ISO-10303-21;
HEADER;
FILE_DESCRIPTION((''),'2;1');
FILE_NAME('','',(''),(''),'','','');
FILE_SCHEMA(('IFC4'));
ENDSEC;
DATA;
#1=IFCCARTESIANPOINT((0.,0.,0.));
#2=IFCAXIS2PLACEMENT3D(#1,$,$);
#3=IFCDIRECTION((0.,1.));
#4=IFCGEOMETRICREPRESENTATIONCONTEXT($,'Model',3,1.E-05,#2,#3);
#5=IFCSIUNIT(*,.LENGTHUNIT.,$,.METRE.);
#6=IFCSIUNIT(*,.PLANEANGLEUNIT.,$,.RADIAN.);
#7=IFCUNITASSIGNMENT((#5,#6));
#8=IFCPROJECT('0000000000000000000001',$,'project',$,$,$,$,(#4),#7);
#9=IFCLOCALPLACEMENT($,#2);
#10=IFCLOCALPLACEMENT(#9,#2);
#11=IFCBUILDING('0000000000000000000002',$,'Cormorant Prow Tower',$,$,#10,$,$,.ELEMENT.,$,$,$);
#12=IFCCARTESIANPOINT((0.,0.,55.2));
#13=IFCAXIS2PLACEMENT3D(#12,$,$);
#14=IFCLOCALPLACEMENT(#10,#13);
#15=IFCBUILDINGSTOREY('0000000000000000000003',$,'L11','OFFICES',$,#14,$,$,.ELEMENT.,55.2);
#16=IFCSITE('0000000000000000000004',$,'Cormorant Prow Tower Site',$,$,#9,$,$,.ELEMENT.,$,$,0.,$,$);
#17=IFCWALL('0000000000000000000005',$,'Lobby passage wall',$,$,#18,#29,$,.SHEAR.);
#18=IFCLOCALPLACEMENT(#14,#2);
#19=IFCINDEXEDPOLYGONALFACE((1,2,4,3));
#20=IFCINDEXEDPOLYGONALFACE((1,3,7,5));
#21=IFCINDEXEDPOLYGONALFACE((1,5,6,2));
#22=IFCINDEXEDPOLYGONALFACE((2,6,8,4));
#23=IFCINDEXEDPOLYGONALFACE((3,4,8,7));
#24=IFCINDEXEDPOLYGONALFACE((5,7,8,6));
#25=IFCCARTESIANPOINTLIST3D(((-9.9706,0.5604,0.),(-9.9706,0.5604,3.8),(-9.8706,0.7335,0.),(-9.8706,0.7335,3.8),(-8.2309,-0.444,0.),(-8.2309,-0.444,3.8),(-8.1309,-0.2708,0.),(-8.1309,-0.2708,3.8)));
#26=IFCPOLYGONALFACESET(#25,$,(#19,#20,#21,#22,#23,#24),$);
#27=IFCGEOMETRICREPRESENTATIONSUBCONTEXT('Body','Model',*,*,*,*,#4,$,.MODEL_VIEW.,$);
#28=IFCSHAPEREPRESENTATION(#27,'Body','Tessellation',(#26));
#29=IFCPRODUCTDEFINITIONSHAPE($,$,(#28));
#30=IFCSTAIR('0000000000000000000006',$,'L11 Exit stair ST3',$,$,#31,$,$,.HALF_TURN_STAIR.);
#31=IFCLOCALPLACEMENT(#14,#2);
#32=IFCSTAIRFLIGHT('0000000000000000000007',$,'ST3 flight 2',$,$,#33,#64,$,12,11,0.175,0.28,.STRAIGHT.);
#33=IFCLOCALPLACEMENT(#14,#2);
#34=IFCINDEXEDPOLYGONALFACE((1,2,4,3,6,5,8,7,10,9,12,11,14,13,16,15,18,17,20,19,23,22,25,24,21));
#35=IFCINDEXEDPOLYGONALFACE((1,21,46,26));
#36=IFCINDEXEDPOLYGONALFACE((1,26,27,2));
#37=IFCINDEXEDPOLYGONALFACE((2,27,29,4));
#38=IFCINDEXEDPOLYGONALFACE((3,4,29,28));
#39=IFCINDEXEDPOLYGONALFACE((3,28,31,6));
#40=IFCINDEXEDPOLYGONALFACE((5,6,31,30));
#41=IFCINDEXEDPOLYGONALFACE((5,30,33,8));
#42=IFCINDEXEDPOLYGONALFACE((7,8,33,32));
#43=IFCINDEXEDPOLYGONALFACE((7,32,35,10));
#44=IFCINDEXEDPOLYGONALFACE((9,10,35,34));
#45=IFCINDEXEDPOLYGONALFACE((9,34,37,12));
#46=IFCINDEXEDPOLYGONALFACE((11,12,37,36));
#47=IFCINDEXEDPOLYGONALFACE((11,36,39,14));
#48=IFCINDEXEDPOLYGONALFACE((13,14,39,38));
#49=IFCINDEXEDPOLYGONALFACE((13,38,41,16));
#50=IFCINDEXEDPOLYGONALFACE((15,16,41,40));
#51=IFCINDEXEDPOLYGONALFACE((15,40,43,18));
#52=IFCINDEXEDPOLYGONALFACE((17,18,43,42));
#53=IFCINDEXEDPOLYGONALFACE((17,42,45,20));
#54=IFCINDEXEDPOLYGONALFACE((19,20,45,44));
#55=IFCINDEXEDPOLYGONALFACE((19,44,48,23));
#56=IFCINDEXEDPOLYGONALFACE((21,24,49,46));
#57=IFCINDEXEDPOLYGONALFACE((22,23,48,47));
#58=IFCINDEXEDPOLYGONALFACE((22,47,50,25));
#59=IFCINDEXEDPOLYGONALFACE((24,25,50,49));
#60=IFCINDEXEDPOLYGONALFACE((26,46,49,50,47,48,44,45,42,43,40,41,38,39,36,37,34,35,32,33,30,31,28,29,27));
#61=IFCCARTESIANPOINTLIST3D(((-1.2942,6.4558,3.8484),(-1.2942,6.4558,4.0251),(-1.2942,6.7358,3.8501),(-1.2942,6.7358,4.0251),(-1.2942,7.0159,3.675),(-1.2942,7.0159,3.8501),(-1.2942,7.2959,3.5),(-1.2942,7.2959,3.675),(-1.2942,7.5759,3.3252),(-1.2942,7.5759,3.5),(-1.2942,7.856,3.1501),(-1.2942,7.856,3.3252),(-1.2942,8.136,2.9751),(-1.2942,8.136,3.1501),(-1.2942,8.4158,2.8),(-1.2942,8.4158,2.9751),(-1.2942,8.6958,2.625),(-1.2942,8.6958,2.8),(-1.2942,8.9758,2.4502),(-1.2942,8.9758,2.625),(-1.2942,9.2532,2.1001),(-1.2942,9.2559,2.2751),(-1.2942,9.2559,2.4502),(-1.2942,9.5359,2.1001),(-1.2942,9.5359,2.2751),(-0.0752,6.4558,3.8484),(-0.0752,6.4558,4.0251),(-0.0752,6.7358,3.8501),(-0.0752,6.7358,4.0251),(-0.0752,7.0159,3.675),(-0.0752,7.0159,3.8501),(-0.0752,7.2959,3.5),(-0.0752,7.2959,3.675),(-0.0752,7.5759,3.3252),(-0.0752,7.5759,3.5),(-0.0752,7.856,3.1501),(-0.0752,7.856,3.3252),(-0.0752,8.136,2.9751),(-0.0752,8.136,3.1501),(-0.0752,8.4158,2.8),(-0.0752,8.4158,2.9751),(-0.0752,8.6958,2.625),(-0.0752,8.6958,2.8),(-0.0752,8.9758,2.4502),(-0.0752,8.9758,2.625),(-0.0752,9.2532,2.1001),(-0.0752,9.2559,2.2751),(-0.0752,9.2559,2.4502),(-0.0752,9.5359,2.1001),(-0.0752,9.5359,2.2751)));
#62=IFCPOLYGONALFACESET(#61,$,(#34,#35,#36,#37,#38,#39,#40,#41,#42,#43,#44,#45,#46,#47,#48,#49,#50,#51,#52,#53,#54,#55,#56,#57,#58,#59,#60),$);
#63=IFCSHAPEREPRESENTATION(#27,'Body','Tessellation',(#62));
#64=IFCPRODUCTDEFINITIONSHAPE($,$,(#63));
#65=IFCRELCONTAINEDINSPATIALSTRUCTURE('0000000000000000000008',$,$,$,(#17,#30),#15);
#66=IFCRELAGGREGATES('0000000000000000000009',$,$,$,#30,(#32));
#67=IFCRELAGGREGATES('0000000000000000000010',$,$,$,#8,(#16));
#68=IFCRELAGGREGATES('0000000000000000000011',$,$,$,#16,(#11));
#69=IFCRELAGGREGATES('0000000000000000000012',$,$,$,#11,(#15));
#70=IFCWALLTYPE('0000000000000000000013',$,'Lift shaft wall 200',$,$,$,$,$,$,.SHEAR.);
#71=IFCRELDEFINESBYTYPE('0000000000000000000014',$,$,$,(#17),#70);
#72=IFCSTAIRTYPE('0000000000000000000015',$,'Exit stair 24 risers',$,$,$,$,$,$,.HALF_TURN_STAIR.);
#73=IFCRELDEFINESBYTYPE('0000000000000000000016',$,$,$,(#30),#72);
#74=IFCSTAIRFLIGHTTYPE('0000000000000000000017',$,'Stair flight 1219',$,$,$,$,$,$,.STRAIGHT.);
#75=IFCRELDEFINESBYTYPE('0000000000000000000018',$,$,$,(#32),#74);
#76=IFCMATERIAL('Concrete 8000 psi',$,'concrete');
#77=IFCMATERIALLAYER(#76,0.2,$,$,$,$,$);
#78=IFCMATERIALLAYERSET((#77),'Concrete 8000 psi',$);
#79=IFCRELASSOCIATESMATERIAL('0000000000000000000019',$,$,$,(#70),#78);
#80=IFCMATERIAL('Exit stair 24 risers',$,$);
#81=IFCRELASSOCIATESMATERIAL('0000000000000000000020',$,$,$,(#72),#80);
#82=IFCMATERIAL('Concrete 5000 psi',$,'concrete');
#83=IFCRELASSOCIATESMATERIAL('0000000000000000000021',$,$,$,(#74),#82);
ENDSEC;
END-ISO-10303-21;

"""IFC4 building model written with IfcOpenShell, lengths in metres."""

from ifc_helpers import new_model, si_unit, direction, frame, frame_2d, origin, place, context, subcontext, project, spatial, polyline, rectangle, outline, extrude, material, layer, layer_set, type_object, element, aggregate, save


model = new_model("IFC4")

# Units and contexts
model_context = context("Model", 3, precision=1e-05, world=origin(), true_north=direction((0.0, 1.0)))
body_context = subcontext(model_context, "Body", "Model", "MODEL_VIEW")
ifc_project = project(units=[si_unit("LENGTHUNIT", "METRE"), si_unit("PLANEANGLEUNIT", "RADIAN")], contexts=[model_context])

# Site, building, storey
site_placement = place(None, origin())
site = spatial("IfcSite", under=ifc_project, at=site_placement, Name="Cormorant Prow Tower Site", CompositionType="ELEMENT", RefElevation=0.0)
building_placement = place(site_placement, origin())
building = spatial("IfcBuilding", under=site, at=building_placement, Name="Cormorant Prow Tower", CompositionType="ELEMENT")
storey_placement = place(building_placement, frame((0.0, 0.0, 55.2)))
storey = spatial("IfcBuildingStorey", under=building, at=storey_placement, Name="L11", Description="OFFICES", CompositionType="ELEMENT", Elevation=55.2)

# Wall
ifc_material_1 = material(Name="Concrete 8000 psi", Category="concrete")
ifc_layer_1 = layer(ifc_material_1, 0.2)
ifc_layer_set_1 = layer_set([ifc_layer_1], Name="Concrete 8000 psi")
wall_type_1 = type_object("IfcWallType", Name="Lift shaft wall 200", PredefinedType="SHEAR", material=ifc_layer_set_1)
wall_1_placement = place(storey_placement, frame((-8.1809, -0.3574, 0.0), z_axis=(0.0, 0.0, 1.0), x_axis=(-0.866036, 0.499982, 0.0)))
element("IfcWall", 1, at=wall_1_placement, inside=storey, type_object=wall_type_1, Name="Lobby passage wall", PredefinedType="SHEAR", context=body_context, shape_type="SweptSolid", body=[
    extrude(rectangle(XDim=2.0088, YDim=0.2, at=frame_2d((1.0044, 0.0))), origin(), (0.0, 0.0, 1.0), 3.8),
])

# Stair, stair flight
ifc_material_2 = material(Name="Exit stair 24 risers")
stair_type = type_object("IfcStairType", Name="Exit stair 24 risers", PredefinedType="HALF_TURN_STAIR", material=ifc_material_2)
stair_placement = place(storey_placement, origin())
stair = element("IfcStair", 2, at=stair_placement, inside=storey, type_object=stair_type, Name="L11 Exit stair ST3", PredefinedType="HALF_TURN_STAIR")
ifc_material_3 = material(Name="Concrete 5000 psi", Category="concrete")
stair_flight_type = type_object("IfcStairFlightType", Name="Stair flight 1219", PredefinedType="STRAIGHT", material=ifc_material_3)
stair_flight_placement = place(storey_placement, frame((-0.6846, 9.5359, 2.1001), z_axis=(0.0, 0.0, 1.0), x_axis=(0.0, -1.0, 0.0)))
stair_flight = element("IfcStairFlight", 3, at=stair_flight_placement, type_object=stair_flight_type, Name="ST3 flight 2", NumberOfRisers=12, NumberOfTreads=11, PredefinedType="STRAIGHT", RiserHeight=0.175, TreadLength=0.28, context=body_context, shape_type="SweptSolid", body=[
    extrude(outline(polyline([(0.0, 0.0), (0.0, 0.175), (0.28, 0.175), (0.28, 0.3501), (0.5601, 0.3501), (0.5601, 0.5249), (0.8401, 0.5249), (0.8401, 0.7), (1.1201, 0.7), (1.1201, 0.875), (1.3999, 0.875), (1.3999, 1.05), (1.6799, 1.05), (1.6799, 1.2251), (1.96, 1.2251), (1.96, 1.3999), (2.24, 1.3999), (2.24, 1.575), (2.52, 1.575), (2.52, 1.75), (2.8, 1.75), (2.8, 1.925), (3.0801, 1.925), (3.0801, 2.1001), (3.0801, 1.7483), (0.2827, 0.0), (0.0, 0.0)])), frame((0.0, 0.6094, 0.0), z_axis=(0.0, -1.0, 0.0), x_axis=(1.0, 0.0, 0.0)), (0.0, 0.0, 1.0), 1.219),
])
aggregate(stair, [stair_flight])

save(model, "model.ifc")
